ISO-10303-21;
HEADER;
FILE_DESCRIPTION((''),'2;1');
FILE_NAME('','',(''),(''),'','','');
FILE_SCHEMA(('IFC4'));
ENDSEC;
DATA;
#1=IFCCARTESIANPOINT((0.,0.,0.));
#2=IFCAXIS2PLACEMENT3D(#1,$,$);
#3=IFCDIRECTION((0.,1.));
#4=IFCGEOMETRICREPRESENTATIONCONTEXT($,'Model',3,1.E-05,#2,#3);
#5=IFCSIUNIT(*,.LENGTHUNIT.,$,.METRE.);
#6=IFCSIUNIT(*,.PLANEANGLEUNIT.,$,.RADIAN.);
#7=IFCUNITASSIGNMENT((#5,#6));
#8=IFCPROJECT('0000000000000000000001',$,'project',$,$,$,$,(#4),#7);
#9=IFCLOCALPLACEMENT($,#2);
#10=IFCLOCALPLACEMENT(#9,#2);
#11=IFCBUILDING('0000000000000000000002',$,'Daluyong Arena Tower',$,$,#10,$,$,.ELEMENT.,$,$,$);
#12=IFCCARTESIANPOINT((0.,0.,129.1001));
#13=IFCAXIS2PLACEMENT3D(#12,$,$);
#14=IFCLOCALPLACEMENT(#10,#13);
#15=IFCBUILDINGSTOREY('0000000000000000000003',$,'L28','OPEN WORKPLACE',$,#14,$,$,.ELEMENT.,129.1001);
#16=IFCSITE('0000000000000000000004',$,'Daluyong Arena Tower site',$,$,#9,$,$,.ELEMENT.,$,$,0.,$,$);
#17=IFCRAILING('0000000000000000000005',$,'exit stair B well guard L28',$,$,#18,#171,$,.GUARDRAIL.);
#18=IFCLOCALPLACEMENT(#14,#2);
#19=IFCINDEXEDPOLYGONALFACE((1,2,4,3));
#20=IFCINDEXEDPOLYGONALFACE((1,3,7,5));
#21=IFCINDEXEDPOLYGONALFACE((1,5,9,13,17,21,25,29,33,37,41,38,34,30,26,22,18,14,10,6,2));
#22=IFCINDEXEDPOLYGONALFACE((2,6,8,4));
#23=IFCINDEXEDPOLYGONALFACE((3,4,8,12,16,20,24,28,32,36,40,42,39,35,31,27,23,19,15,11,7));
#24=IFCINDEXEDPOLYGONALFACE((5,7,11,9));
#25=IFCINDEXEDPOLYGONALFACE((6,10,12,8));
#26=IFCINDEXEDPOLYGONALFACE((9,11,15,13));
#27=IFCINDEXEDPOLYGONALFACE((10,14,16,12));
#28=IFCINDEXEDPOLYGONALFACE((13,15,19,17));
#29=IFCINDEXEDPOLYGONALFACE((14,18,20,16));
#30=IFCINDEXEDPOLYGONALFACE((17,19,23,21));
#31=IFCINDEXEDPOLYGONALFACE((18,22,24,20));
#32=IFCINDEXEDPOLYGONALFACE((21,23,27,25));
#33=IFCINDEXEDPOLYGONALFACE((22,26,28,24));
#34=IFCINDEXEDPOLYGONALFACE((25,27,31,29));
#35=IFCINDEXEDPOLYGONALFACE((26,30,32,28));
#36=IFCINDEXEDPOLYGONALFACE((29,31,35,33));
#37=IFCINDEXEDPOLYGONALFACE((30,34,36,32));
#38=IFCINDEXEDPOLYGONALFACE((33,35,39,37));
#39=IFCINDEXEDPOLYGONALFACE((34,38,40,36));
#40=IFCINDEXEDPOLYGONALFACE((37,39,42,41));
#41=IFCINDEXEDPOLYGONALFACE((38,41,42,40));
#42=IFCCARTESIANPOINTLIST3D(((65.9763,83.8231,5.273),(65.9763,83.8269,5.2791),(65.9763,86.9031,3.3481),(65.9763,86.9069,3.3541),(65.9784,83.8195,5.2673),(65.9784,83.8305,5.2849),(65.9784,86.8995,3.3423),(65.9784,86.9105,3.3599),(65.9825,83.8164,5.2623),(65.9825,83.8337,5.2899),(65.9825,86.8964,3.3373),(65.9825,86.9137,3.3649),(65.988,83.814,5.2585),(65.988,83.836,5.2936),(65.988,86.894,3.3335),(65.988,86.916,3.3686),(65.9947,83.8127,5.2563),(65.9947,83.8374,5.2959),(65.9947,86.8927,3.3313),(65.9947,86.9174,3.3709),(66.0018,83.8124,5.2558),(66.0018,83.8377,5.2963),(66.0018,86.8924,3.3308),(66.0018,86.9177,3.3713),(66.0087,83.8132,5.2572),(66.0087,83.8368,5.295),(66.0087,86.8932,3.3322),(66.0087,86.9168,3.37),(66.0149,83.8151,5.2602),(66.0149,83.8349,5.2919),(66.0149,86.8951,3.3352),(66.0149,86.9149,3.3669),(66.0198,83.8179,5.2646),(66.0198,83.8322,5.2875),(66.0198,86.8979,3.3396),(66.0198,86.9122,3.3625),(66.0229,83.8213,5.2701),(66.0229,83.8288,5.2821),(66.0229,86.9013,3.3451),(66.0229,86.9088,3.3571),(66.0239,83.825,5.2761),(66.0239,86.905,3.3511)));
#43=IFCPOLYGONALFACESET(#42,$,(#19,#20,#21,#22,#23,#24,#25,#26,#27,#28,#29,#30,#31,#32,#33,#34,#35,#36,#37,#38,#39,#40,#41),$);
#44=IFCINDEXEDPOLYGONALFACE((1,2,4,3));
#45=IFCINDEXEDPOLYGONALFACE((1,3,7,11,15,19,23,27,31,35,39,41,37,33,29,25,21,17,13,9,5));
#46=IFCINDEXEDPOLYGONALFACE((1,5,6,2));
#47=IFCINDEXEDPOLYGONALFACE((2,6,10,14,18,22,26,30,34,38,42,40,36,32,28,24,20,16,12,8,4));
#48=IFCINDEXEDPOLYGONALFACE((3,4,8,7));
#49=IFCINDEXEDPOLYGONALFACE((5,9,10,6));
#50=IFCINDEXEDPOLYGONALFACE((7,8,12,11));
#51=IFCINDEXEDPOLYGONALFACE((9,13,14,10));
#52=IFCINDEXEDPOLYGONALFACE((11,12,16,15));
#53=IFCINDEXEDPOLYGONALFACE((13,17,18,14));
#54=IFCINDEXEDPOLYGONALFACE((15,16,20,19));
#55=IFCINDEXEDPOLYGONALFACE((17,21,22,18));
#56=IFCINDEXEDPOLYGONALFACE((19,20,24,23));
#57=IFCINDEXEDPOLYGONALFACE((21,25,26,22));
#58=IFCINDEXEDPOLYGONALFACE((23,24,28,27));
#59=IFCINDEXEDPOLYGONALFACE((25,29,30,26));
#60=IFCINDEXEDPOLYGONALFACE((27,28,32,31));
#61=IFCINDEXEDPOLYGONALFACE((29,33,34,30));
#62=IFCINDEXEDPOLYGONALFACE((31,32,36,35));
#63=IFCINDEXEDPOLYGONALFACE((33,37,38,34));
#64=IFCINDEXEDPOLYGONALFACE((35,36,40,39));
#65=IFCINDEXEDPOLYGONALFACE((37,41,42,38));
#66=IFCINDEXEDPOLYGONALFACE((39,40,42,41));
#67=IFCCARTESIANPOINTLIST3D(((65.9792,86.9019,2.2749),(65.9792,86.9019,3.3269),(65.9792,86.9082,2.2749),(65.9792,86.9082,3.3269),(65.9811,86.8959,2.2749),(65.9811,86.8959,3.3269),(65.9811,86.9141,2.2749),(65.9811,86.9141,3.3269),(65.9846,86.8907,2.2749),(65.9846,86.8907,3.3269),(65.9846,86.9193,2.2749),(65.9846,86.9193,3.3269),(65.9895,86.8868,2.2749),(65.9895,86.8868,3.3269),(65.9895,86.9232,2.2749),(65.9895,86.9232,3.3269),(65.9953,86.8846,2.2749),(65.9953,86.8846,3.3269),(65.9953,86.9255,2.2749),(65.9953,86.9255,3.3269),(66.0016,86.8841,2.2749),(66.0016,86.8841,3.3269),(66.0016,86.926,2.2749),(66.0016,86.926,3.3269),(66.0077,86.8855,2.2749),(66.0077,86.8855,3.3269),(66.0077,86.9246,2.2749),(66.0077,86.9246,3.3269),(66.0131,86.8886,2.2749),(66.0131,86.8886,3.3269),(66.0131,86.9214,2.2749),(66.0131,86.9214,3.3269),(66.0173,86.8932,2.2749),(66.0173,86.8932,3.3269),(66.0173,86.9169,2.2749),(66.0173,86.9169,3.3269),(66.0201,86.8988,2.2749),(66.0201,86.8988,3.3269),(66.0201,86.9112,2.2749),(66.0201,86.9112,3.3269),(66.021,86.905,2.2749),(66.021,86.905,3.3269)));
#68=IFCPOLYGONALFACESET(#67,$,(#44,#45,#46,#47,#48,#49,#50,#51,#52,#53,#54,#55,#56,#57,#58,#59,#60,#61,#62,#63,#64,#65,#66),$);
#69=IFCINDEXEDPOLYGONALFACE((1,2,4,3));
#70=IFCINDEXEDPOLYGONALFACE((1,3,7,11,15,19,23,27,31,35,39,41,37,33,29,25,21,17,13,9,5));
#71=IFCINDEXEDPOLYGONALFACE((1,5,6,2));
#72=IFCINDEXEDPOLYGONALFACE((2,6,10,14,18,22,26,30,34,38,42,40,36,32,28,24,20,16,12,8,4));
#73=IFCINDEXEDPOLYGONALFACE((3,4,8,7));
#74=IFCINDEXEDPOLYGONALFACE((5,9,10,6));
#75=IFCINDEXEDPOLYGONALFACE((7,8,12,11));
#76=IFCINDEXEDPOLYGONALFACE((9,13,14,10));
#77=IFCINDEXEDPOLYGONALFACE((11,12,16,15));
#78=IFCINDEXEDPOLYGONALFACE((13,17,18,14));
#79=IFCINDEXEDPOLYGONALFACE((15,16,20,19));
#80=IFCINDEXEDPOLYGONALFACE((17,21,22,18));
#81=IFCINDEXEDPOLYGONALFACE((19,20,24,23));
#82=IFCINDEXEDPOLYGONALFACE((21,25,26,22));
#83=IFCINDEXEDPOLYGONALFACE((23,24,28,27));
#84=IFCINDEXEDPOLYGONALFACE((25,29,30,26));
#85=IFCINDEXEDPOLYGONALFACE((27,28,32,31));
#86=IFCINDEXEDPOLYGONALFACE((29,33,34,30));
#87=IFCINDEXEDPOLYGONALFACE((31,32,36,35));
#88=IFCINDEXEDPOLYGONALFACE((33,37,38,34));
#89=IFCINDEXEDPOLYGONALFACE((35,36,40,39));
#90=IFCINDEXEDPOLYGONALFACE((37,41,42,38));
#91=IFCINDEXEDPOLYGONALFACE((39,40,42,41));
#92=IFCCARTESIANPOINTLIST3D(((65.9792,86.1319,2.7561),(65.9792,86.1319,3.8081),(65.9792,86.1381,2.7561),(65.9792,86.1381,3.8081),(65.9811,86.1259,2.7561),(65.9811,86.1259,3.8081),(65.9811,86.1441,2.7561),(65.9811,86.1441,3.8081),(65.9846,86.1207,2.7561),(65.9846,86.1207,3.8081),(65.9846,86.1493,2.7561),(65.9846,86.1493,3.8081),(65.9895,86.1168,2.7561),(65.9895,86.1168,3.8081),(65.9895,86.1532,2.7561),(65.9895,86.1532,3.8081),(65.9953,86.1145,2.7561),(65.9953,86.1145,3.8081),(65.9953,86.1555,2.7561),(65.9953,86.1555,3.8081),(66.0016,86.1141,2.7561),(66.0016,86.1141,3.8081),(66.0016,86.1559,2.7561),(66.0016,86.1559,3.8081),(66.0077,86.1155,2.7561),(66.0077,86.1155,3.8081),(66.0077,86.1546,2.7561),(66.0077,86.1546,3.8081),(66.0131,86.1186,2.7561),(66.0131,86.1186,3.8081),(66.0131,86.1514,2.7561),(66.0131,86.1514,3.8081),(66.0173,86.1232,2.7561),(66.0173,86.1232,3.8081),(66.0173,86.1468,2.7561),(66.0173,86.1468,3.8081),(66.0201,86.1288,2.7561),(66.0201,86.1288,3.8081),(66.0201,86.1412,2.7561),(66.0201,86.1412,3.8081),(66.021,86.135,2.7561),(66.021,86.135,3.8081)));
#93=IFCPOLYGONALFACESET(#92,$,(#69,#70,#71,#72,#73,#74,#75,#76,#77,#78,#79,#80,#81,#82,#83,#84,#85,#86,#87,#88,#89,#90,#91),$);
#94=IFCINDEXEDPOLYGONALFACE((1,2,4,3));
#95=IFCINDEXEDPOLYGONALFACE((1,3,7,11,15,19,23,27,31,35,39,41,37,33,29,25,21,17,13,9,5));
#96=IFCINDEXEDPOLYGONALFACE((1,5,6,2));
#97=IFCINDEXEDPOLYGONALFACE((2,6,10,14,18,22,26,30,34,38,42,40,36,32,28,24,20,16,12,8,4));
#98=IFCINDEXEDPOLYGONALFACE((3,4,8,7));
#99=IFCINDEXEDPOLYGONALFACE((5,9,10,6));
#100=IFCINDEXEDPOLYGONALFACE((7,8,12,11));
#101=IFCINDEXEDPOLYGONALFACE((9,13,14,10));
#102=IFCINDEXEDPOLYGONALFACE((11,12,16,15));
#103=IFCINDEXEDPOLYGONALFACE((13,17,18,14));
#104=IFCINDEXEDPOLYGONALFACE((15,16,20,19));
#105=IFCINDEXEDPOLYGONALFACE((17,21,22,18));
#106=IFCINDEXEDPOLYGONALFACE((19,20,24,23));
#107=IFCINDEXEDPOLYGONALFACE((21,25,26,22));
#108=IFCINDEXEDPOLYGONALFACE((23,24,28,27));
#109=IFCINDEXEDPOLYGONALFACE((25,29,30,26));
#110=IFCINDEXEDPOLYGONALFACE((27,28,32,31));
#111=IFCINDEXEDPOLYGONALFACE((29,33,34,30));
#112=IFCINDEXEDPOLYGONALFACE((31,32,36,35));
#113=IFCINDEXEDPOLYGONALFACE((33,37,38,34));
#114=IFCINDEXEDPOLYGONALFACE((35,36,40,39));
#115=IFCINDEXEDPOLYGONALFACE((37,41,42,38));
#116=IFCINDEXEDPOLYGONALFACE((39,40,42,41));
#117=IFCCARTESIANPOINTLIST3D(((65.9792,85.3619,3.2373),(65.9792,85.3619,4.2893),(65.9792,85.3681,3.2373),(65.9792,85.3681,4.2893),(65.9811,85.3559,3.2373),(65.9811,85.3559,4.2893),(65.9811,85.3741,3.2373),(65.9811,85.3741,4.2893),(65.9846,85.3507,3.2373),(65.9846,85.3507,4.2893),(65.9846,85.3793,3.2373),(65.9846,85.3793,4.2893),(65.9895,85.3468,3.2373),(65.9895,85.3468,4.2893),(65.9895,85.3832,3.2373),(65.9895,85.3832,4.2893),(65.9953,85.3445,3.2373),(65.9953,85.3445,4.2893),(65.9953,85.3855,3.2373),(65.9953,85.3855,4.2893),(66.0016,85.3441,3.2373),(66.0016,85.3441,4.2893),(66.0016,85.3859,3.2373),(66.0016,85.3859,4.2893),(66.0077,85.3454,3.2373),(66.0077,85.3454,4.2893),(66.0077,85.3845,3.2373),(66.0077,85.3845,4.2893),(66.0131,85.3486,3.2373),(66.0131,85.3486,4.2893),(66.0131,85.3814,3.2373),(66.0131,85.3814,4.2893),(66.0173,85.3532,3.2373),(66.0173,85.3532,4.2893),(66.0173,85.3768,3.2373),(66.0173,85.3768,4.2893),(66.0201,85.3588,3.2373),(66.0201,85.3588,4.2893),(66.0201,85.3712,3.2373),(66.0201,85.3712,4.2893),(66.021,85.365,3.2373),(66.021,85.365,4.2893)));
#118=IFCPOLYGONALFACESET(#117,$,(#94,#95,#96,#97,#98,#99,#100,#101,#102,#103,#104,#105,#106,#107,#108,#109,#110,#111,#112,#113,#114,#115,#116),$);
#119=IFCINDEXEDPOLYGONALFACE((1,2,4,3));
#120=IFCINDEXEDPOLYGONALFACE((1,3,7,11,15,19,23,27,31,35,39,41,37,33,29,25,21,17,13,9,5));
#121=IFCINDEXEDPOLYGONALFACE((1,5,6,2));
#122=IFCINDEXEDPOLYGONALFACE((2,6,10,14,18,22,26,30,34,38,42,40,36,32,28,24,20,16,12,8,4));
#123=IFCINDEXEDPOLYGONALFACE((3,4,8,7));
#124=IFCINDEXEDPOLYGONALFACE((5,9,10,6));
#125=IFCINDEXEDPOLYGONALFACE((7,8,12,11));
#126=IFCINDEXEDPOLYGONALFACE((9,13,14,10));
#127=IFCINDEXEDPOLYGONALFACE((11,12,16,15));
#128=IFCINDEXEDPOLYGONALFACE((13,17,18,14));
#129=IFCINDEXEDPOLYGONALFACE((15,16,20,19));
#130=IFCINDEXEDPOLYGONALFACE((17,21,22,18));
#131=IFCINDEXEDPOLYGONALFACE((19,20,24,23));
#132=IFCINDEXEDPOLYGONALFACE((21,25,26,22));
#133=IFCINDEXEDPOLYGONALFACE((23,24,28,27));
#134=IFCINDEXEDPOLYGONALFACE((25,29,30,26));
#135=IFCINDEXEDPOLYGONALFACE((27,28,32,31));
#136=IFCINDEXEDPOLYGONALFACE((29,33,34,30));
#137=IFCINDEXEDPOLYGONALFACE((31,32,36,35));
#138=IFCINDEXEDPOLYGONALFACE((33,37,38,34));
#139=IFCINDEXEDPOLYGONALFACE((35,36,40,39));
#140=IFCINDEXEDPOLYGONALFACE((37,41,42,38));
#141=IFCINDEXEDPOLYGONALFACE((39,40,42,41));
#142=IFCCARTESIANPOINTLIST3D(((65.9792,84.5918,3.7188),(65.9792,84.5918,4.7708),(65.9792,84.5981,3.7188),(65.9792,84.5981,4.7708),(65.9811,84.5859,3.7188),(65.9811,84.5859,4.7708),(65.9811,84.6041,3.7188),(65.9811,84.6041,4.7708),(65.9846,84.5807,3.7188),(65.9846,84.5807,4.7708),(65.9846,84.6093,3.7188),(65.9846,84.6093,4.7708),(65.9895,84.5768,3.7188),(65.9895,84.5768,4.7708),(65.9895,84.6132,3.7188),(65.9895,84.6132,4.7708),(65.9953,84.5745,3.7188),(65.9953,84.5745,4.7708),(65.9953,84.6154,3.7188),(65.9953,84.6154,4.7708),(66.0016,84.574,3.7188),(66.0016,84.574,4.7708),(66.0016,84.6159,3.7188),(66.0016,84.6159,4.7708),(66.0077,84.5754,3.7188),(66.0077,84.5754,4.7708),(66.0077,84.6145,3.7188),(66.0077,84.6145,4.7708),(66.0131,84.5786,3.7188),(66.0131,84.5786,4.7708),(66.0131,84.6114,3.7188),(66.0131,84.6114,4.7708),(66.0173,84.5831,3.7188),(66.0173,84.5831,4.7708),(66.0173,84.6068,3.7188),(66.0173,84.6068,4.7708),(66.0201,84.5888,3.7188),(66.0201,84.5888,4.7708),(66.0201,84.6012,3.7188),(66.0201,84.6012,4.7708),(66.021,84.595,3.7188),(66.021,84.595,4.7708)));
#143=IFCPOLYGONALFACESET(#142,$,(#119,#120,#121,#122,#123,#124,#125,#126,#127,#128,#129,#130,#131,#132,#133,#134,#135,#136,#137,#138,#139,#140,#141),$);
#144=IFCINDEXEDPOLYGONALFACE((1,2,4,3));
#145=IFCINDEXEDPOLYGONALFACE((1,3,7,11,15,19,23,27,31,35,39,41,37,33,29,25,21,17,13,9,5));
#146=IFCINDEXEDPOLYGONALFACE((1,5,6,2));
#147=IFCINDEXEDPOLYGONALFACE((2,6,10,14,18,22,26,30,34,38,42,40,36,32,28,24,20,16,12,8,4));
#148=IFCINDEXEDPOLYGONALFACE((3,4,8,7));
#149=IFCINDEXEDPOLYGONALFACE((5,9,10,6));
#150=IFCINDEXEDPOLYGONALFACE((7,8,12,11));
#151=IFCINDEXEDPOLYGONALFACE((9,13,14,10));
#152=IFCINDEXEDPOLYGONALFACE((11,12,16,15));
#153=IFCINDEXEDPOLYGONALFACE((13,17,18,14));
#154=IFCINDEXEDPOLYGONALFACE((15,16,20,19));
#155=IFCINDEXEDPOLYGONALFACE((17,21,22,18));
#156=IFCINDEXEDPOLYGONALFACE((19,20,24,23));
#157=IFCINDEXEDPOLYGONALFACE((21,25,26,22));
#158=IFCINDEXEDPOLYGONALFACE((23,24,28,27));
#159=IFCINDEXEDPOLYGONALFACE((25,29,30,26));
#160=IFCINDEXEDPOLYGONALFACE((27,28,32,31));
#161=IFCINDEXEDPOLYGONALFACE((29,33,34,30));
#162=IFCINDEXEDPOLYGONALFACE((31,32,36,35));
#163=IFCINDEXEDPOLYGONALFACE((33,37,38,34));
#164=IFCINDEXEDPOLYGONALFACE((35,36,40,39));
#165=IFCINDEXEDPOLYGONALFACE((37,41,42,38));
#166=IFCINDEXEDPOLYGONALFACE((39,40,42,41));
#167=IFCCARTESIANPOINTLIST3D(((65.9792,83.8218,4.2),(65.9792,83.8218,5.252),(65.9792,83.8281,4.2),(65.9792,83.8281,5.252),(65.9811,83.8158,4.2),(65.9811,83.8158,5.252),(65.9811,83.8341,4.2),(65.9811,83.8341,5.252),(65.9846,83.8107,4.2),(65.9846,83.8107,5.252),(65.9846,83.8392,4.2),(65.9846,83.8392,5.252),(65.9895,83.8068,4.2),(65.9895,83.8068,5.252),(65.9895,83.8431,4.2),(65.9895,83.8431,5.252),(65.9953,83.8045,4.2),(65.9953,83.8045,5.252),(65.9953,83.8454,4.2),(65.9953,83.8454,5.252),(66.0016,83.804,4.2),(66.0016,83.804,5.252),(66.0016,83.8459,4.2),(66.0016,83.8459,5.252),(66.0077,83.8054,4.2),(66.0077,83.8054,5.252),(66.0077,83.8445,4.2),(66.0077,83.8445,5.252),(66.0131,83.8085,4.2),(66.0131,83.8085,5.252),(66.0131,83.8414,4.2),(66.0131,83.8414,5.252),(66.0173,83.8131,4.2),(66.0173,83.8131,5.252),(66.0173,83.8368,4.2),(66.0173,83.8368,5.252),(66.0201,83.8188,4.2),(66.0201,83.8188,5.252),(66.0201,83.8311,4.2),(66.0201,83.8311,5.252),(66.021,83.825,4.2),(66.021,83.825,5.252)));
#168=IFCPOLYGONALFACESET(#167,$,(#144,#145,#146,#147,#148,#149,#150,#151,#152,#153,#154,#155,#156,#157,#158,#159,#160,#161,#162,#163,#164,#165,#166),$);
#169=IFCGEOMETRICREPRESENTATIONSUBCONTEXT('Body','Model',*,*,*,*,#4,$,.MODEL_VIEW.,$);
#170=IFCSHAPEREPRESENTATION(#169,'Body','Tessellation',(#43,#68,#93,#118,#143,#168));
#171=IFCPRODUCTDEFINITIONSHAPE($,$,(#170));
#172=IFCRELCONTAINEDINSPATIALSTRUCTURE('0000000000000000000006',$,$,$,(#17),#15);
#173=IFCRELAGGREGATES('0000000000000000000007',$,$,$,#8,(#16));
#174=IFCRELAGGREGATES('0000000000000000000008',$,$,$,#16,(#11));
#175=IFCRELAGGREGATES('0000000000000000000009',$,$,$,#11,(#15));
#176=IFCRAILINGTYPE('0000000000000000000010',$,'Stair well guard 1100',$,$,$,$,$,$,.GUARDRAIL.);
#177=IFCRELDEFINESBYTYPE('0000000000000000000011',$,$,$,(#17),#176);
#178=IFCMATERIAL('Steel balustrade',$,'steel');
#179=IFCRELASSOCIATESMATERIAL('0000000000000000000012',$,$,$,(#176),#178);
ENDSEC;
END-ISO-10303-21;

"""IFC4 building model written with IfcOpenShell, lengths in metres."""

from ifc_helpers import new_model, si_unit, direction, frame, origin, origin_2d, place, context, subcontext, project, spatial, circle, extrude, material, type_object, element, save


model = new_model("IFC4")

# Units and contexts
model_context = context("Model", 3, precision=1e-05, world=origin(), true_north=direction((0.0, 1.0)))
body_context = subcontext(model_context, "Body", "Model", "MODEL_VIEW")
ifc_project = project(units=[si_unit("LENGTHUNIT", "METRE"), si_unit("PLANEANGLEUNIT", "RADIAN")], contexts=[model_context])

# Site, building, storey
site_placement = place(None, origin())
site = spatial("IfcSite", under=ifc_project, at=site_placement, Name="Daluyong Arena Tower site", CompositionType="ELEMENT", RefElevation=0.0)
building_placement = place(site_placement, origin())
building = spatial("IfcBuilding", under=site, at=building_placement, Name="Daluyong Arena Tower", CompositionType="ELEMENT")
storey_placement = place(building_placement, frame((0.0, 0.0, 129.1001)))
storey = spatial("IfcBuildingStorey", under=building, at=storey_placement, Name="L28", Description="OPEN WORKPLACE", CompositionType="ELEMENT", Elevation=129.1001)

# Railing
ifc_material_1 = material(Name="Steel balustrade", Category="steel")
railing_type_1 = type_object("IfcRailingType", Name="Stair well guard 1100", PredefinedType="GUARDRAIL", material=ifc_material_1)
railing_1_placement = place(storey_placement, frame((66.0, 86.905, 2.2749)))
element("IfcRailing", 1, at=railing_1_placement, inside=storey, type_object=railing_type_1, Name="exit stair B well guard L28", PredefinedType="GUARDRAIL", context=body_context, shape_type="SweptSolid", body=[
    extrude(circle(Radius=0.0239, at=origin_2d()), frame((0.0, 0.0, 1.0762), z_axis=(0.0, -0.847998, 0.529999), x_axis=(1.0, 0.0, 0.0)), (0.0, 0.0, 1.0), 3.6321),
    extrude(circle(Radius=0.021, at=origin_2d()), origin(), (0.0, 0.0, 1.0), 1.052),
    extrude(circle(Radius=0.021, at=origin_2d()), frame((0.0, -0.77, 0.4812)), (0.0, 0.0, 1.0), 1.052),
    extrude(circle(Radius=0.021, at=origin_2d()), frame((0.0, -1.54, 0.9624)), (0.0, 0.0, 1.0), 1.052),
    extrude(circle(Radius=0.021, at=origin_2d()), frame((0.0, -2.3101, 1.4438)), (0.0, 0.0, 1.0), 1.052),
    extrude(circle(Radius=0.021, at=origin_2d()), frame((0.0, -3.0801, 1.925)), (0.0, 0.0, 1.0), 1.052),
])

save(model, "model.ifc")
